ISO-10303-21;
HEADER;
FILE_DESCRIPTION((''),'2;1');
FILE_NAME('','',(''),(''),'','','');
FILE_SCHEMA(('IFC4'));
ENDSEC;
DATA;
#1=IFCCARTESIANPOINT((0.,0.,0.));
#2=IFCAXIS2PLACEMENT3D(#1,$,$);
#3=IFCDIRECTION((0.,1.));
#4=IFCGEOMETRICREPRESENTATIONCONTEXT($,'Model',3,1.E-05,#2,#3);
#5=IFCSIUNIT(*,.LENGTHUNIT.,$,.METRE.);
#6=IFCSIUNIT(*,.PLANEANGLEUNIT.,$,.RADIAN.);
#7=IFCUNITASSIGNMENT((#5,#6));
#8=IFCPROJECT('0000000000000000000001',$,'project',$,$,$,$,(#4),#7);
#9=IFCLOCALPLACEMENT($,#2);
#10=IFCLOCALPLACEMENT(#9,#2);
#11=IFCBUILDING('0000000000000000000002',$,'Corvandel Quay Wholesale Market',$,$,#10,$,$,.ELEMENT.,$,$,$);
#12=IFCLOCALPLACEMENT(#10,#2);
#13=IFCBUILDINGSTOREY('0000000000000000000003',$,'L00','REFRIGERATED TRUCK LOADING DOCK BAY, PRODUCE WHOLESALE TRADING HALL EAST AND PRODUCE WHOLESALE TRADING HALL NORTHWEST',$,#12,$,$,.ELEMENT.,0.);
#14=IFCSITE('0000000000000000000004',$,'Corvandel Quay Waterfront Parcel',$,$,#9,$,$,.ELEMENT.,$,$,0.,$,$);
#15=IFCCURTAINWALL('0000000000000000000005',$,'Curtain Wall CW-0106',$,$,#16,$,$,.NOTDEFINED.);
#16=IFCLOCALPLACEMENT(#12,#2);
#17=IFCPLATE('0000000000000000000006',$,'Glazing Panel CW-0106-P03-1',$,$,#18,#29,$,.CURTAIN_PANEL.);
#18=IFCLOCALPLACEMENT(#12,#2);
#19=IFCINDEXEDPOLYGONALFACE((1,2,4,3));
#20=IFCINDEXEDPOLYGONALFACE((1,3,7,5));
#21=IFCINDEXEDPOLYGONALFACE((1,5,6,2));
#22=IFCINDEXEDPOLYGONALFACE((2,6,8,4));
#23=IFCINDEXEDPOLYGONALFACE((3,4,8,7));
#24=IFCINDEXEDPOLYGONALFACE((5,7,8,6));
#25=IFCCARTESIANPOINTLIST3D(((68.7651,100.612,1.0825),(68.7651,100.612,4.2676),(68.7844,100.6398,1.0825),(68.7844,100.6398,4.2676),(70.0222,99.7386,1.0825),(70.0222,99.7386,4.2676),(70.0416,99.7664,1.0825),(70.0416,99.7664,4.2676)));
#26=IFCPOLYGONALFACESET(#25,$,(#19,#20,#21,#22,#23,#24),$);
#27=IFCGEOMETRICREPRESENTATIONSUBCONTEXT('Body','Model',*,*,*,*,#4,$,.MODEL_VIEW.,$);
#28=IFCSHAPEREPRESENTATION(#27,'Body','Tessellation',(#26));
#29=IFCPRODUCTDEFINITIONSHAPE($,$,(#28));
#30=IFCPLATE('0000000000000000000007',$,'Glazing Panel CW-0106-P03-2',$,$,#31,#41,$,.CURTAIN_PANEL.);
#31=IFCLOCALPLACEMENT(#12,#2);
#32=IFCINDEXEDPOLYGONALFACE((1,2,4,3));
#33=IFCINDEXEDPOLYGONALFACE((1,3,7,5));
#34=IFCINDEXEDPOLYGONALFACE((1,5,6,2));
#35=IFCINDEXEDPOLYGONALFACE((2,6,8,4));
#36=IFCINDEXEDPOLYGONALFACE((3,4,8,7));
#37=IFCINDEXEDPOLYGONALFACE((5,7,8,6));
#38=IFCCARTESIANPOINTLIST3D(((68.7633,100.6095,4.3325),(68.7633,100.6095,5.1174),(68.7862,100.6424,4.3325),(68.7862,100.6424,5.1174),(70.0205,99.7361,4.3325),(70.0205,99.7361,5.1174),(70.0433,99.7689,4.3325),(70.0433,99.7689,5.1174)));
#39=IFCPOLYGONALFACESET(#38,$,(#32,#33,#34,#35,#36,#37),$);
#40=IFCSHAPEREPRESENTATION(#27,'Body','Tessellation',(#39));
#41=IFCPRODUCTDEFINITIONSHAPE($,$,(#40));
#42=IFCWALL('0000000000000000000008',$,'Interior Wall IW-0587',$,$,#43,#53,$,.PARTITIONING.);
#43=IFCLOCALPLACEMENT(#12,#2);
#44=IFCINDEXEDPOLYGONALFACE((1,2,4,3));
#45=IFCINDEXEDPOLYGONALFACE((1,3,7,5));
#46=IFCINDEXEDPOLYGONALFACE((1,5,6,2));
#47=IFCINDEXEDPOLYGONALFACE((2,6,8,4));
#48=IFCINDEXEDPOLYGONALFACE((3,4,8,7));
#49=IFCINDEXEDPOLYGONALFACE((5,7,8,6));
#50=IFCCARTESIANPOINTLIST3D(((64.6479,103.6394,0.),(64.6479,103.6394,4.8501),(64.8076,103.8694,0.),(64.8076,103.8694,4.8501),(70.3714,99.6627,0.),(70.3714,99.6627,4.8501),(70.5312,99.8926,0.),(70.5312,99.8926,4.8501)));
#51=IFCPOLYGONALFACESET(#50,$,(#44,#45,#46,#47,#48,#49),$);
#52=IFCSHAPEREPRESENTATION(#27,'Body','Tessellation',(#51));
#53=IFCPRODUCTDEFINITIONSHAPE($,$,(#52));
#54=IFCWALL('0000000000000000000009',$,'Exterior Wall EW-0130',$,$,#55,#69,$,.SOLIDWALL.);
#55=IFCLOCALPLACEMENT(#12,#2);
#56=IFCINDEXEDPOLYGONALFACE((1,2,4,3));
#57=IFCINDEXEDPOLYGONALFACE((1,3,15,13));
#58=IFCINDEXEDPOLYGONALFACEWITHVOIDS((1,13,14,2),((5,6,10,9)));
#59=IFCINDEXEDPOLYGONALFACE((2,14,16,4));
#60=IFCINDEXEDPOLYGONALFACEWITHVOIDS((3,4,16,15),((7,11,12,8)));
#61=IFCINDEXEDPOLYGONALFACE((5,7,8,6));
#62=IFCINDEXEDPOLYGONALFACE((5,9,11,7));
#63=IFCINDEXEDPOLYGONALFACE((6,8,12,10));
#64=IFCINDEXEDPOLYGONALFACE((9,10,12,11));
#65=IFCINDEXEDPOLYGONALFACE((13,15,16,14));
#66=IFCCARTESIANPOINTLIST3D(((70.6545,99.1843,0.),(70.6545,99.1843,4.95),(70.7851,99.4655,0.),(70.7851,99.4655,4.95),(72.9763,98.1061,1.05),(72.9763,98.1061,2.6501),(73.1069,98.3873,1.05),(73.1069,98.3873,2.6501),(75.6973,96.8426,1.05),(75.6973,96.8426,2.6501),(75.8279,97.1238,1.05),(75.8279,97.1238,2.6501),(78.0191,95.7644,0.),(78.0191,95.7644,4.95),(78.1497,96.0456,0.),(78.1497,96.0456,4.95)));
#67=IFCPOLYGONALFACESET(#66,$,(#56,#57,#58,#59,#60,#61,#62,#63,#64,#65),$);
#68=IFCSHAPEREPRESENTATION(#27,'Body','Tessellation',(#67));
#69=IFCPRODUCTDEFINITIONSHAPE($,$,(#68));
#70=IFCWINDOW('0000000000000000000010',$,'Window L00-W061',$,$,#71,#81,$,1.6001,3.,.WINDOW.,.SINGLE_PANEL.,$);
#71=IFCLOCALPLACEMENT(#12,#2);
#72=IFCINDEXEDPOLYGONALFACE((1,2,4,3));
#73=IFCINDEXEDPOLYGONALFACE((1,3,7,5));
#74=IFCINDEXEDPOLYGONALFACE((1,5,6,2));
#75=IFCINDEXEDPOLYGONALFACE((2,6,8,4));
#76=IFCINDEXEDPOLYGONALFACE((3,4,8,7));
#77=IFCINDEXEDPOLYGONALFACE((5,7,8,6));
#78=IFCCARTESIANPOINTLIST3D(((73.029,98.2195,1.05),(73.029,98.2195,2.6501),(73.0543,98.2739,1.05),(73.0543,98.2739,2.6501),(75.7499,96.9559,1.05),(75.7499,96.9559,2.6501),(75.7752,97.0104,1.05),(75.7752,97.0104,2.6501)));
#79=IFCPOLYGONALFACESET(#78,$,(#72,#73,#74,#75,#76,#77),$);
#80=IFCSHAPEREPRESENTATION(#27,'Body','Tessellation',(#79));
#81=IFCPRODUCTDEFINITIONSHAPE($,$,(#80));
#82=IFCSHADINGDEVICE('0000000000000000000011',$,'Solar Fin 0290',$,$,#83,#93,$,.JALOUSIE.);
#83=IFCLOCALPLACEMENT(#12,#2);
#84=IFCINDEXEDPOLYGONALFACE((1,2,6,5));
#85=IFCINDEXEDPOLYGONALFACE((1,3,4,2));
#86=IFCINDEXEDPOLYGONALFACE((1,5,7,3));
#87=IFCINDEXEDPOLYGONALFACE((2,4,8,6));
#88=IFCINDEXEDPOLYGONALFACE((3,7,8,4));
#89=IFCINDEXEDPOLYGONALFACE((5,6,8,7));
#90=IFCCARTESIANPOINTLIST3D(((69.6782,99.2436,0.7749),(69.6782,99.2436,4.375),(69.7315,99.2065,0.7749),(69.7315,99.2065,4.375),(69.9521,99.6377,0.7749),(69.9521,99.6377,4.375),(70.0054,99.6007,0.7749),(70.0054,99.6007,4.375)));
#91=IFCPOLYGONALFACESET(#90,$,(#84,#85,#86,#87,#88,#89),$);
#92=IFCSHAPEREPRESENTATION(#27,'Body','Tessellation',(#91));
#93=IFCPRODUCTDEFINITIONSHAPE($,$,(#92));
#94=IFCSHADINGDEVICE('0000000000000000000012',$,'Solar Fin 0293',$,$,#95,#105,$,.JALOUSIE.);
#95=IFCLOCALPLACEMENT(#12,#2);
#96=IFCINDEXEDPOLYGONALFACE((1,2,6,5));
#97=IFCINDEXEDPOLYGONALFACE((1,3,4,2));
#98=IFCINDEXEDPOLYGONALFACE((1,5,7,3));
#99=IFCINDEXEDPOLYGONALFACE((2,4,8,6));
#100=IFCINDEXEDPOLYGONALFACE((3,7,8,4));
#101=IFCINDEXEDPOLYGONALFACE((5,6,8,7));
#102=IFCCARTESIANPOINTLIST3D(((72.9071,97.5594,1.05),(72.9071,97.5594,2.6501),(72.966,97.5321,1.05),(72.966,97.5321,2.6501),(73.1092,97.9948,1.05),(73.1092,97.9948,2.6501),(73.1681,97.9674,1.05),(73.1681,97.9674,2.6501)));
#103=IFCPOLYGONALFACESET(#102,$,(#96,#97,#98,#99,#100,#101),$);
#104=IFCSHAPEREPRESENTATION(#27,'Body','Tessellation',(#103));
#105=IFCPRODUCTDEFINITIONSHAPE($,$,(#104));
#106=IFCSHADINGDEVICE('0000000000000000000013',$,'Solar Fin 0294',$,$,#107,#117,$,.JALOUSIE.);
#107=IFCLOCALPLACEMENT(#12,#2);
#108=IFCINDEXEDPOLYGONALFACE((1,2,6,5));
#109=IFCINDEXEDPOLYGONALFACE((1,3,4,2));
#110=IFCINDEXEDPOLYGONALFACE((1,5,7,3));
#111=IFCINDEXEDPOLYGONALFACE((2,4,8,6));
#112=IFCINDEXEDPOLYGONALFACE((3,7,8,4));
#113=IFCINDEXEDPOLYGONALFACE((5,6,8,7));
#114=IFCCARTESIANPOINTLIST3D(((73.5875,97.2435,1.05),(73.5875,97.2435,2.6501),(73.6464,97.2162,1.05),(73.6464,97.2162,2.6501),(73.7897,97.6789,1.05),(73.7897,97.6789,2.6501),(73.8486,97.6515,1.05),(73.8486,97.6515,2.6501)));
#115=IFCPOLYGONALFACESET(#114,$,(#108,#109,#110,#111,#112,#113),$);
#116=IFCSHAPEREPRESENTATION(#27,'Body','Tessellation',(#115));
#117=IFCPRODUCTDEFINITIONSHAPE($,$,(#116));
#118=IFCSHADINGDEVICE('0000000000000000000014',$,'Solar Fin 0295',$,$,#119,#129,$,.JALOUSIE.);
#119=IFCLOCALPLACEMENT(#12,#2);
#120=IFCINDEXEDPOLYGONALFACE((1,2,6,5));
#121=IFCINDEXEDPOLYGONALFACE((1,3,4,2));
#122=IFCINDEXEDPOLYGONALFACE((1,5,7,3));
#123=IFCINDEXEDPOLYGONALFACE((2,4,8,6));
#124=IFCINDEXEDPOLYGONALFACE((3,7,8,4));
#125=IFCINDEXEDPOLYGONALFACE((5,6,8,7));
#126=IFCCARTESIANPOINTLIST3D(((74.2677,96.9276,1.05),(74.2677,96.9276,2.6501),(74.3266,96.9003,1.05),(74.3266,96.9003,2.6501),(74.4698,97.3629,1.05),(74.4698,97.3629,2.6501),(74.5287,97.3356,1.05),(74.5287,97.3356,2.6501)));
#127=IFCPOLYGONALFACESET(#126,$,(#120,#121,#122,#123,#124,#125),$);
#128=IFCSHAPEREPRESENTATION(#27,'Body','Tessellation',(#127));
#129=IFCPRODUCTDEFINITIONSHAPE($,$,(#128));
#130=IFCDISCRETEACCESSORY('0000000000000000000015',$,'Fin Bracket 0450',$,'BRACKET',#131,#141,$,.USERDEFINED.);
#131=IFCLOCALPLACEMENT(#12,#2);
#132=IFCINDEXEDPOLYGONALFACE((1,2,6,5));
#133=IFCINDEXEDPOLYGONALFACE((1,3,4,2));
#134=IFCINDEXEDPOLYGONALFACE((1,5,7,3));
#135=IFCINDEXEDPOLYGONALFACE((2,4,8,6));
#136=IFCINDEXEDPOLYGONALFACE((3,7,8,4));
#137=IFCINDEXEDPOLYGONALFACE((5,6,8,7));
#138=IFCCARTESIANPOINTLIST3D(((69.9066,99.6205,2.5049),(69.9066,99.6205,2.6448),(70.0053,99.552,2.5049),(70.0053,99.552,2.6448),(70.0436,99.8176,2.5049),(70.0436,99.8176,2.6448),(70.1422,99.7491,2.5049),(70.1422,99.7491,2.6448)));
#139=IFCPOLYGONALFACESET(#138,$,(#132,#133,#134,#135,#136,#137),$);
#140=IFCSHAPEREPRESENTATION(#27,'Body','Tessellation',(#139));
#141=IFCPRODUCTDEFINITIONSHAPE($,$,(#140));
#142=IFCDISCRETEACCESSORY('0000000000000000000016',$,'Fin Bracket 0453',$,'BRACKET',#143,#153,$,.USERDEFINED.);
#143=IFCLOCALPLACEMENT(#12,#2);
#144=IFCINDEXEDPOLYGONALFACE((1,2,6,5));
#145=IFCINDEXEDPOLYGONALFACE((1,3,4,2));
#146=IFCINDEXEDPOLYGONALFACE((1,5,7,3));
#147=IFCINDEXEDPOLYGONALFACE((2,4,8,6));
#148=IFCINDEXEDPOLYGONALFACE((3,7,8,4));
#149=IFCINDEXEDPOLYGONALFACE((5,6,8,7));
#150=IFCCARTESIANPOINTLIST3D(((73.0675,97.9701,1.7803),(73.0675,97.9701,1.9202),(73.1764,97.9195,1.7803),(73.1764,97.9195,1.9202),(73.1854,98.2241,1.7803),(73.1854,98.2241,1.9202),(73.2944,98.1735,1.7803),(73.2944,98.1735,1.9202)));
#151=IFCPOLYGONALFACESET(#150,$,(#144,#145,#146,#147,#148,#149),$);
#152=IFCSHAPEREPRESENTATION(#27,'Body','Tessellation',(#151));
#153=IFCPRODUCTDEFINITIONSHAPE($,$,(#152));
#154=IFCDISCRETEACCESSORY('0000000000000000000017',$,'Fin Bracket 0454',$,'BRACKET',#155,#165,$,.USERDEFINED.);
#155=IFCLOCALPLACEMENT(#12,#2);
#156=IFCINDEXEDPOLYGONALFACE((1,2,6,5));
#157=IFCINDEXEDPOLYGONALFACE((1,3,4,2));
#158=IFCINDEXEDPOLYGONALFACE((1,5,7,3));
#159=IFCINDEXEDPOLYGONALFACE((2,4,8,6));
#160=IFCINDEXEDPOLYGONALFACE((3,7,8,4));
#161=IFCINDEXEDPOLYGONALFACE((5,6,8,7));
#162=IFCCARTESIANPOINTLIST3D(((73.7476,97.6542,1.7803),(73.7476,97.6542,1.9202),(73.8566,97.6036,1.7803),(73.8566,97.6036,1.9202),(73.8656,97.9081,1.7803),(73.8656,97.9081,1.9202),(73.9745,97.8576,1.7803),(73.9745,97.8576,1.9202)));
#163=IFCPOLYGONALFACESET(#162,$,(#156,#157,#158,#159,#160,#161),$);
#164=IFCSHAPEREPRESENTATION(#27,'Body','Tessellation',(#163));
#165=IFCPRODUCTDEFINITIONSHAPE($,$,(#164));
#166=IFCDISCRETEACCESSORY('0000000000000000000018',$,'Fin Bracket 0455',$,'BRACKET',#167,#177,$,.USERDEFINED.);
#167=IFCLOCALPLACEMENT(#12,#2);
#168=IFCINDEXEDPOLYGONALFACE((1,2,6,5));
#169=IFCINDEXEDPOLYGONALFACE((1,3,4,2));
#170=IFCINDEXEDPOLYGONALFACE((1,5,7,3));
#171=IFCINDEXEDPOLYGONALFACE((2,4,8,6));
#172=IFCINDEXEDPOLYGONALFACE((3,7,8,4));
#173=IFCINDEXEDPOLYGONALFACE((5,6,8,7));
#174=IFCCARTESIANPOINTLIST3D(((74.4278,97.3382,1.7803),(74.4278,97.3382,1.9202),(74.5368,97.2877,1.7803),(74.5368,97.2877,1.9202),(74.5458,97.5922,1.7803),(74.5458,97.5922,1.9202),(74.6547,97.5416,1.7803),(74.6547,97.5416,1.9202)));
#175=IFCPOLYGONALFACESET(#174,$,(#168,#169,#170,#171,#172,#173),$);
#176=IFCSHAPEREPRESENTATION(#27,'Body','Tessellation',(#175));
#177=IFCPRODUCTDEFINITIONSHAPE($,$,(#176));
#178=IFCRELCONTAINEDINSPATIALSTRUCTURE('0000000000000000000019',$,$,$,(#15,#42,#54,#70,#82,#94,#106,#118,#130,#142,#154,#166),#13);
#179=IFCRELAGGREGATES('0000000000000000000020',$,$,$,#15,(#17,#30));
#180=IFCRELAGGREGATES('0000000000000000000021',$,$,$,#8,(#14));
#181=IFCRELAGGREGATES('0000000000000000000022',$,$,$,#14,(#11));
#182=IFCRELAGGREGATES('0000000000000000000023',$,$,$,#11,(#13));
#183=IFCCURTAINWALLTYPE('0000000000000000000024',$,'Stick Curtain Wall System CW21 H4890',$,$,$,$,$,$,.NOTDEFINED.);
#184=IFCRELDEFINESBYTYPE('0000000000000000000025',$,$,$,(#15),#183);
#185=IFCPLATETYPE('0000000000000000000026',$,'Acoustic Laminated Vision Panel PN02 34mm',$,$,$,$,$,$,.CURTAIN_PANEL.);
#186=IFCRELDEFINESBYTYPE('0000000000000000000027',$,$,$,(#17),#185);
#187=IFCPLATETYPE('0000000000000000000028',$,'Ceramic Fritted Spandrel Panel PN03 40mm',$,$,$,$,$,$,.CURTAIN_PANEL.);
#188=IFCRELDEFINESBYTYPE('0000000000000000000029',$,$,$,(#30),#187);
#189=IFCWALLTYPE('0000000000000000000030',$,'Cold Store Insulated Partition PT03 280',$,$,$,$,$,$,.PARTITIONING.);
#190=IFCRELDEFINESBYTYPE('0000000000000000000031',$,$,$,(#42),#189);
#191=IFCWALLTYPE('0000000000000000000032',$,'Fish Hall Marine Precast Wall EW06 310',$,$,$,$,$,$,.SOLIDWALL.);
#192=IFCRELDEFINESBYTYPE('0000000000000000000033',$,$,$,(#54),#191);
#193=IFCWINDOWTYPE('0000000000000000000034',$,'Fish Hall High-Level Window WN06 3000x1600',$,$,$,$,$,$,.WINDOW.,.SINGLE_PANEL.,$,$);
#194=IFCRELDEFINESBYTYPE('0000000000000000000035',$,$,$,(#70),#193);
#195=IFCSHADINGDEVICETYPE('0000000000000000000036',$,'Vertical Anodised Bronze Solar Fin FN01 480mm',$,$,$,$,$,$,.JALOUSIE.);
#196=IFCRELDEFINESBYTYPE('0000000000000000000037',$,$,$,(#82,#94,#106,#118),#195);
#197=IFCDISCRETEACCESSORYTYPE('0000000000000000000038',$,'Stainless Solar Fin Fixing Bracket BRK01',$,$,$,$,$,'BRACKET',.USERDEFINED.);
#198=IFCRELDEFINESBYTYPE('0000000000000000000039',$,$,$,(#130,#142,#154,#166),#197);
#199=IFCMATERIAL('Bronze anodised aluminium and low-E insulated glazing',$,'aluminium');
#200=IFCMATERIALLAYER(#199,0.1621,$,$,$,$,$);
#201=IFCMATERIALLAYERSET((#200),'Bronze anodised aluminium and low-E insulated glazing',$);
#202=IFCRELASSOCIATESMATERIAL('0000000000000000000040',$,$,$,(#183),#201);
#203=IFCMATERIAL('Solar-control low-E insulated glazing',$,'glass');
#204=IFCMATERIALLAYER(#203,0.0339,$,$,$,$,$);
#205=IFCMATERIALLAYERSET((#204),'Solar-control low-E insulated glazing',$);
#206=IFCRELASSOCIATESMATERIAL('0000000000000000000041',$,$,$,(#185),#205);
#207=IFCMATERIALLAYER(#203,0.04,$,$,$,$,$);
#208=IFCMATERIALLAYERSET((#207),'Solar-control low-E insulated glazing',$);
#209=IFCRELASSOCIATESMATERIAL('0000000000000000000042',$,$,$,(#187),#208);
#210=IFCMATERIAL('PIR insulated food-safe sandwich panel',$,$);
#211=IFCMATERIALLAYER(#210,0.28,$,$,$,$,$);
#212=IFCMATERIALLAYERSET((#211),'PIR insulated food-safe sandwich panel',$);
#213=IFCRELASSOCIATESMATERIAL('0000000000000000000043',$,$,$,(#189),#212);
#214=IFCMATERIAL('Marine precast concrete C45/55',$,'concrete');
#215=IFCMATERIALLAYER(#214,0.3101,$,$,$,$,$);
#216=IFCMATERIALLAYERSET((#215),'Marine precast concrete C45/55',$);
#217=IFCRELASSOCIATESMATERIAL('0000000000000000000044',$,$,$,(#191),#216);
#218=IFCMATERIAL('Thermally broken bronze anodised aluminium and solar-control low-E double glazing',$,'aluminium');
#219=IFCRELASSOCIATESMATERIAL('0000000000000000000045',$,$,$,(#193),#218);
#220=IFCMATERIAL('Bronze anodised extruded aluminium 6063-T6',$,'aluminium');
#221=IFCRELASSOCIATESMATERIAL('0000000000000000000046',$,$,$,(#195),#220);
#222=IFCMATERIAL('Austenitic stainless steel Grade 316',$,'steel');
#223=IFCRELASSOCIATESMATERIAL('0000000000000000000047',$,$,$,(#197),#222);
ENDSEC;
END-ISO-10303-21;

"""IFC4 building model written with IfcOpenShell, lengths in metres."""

from ifc_helpers import new_model, si_unit, direction, frame, frame_2d, origin, origin_2d, place, context, subcontext, project, spatial, rectangle, extrude, material, layer, layer_set, type_object, element, fill, aggregate, save


model = new_model("IFC4")

# Units and contexts
model_context = context("Model", 3, precision=1e-05, world=origin(), true_north=direction((0.0, 1.0)))
body_context = subcontext(model_context, "Body", "Model", "MODEL_VIEW")
ifc_project = project(units=[si_unit("LENGTHUNIT", "METRE"), si_unit("PLANEANGLEUNIT", "RADIAN")], contexts=[model_context])

# Site, building, storey
site_placement = place(None, origin())
site = spatial("IfcSite", under=ifc_project, at=site_placement, Name="Corvandel Quay Waterfront Parcel", CompositionType="ELEMENT", RefElevation=0.0)
building_placement = place(site_placement, origin())
building = spatial("IfcBuilding", under=site, at=building_placement, Name="Corvandel Quay Wholesale Market", CompositionType="ELEMENT")
storey_placement = place(building_placement, origin())
storey = spatial("IfcBuildingStorey", under=building, at=storey_placement, Name="L00", Description="REFRIGERATED TRUCK LOADING DOCK BAY, PRODUCE WHOLESALE TRADING HALL EAST AND PRODUCE WHOLESALE TRADING HALL NORTHWEST", CompositionType="ELEMENT", Elevation=0.0)

# Curtain wall, plates
ifc_material_1 = material(Name="Bronze anodised aluminium and low-E insulated glazing", Category="aluminium")
ifc_layer_1 = layer(ifc_material_1, 0.1621)
ifc_layer_set_1 = layer_set([ifc_layer_1], Name="Bronze anodised aluminium and low-E insulated glazing")
curtain_wall_type = type_object("IfcCurtainWallType", Name="Stick Curtain Wall System CW21 H4890", PredefinedType="NOTDEFINED", material=ifc_layer_set_1)
curtain_wall_placement = place(storey_placement, origin())
curtain_wall = element("IfcCurtainWall", 1, at=curtain_wall_placement, inside=storey, type_object=curtain_wall_type, Name="Curtain Wall CW-0106", PredefinedType="NOTDEFINED")
ifc_material_2 = material(Name="Solar-control low-E insulated glazing", Category="glass")
ifc_layer_2 = layer(ifc_material_2, 0.0339)
ifc_layer_set_2 = layer_set([ifc_layer_2], Name="Solar-control low-E insulated glazing")
plate_type_1 = type_object("IfcPlateType", Name="Acoustic Laminated Vision Panel PN02 34mm", PredefinedType="CURTAIN_PANEL", material=ifc_layer_set_2)
plate_1_placement = place(storey_placement, frame((69.4033, 100.1892, 1.0825), z_axis=(0.0, 0.0, 1.0), x_axis=(-0.821249, 0.57057, 0.0)))
plate_1 = element("IfcPlate", 2, at=plate_1_placement, type_object=plate_type_1, Name="Glazing Panel CW-0106-P03-1", PredefinedType="CURTAIN_PANEL", context=body_context, shape_type="SweptSolid", body=[
    extrude(rectangle(XDim=1.5308, YDim=0.0339, at=origin_2d()), origin(), (0.0, 0.0, 1.0), 3.1851),
])
ifc_layer_3 = layer(ifc_material_2, 0.04)
ifc_layer_set_3 = layer_set([ifc_layer_3], Name="Solar-control low-E insulated glazing")
plate_type_2 = type_object("IfcPlateType", Name="Ceramic Fritted Spandrel Panel PN03 40mm", PredefinedType="CURTAIN_PANEL", material=ifc_layer_set_3)
plate_2_placement = place(storey_placement, frame((69.4033, 100.1892, 4.3325), z_axis=(0.0, 0.0, 1.0), x_axis=(-0.821249, 0.57057, 0.0)))
plate_2 = element("IfcPlate", 3, at=plate_2_placement, type_object=plate_type_2, Name="Glazing Panel CW-0106-P03-2", PredefinedType="CURTAIN_PANEL", context=body_context, shape_type="SweptSolid", body=[
    extrude(rectangle(XDim=1.5308, YDim=0.04, at=origin_2d()), origin(), (0.0, 0.0, 1.0), 0.7849),
])
aggregate(curtain_wall, [plate_1, plate_2])

# Wall
ifc_material_3 = material(Name="PIR insulated food-safe sandwich panel")
ifc_layer_4 = layer(ifc_material_3, 0.28)
ifc_layer_set_4 = layer_set([ifc_layer_4], Name="PIR insulated food-safe sandwich panel")
wall_type_1 = type_object("IfcWallType", Name="Cold Store Insulated Partition PT03 280", PredefinedType="PARTITIONING", material=ifc_layer_set_4)
wall_1_placement = place(storey_placement, frame((70.4514, 99.7776, 0.0), z_axis=(0.0, 0.0, 1.0), x_axis=(-0.821231, 0.570595, 0.0)))
element("IfcWall", 4, at=wall_1_placement, inside=storey, type_object=wall_type_1, Name="Interior Wall IW-0587", PredefinedType="PARTITIONING", context=body_context, shape_type="SweptSolid", body=[
    extrude(rectangle(XDim=6.9695, YDim=0.28, at=frame_2d((3.4849, 0.0))), origin(), (0.0, 0.0, 1.0), 4.8501),
])

# Wall, opening, window
ifc_material_4 = material(Name="Marine precast concrete C45/55", Category="concrete")
ifc_layer_5 = layer(ifc_material_4, 0.3101)
ifc_layer_set_5 = layer_set([ifc_layer_5], Name="Marine precast concrete C45/55")
wall_type_2 = type_object("IfcWallType", Name="Fish Hall Marine Precast Wall EW06 310", PredefinedType="SOLIDWALL", material=ifc_layer_set_5)
wall_2_placement = place(storey_placement, frame((70.7197, 99.325, 0.0), z_axis=(0.0, 0.0, 1.0), x_axis=(0.906977, -0.421181, 0.0)))
wall_2 = element("IfcWall", 5, at=wall_2_placement, inside=storey, type_object=wall_type_2, Name="Exterior Wall EW-0130", PredefinedType="SOLIDWALL", context=body_context, shape_type="SweptSolid", body=[
    extrude(rectangle(XDim=8.1199, YDim=0.3101, at=frame_2d((4.0601, 0.0))), origin(), (0.0, 0.0, 1.0), 4.95),
])
opening_placement = place(wall_2_placement, frame((2.5601, 0.0, 1.05)))
opening = element("IfcOpeningElement", 6, at=opening_placement, cuts=wall_2, PredefinedType="OPENING", context=body_context, shape_type="SweptSolid", body=[
    extrude(rectangle(XDim=3.0, YDim=1.6001, at=frame_2d((1.5, 0.8))), frame((0.0, 0.165, 0.0), z_axis=(0.0, -1.0, 0.0), x_axis=(1.0, 0.0, 0.0)), (0.0, 0.0, 1.0), 0.3301),
])
ifc_material_5 = material(Name="Thermally broken bronze anodised aluminium and solar-control low-E double glazing", Category="aluminium")
window_type = type_object("IfcWindowType", Name="Fish Hall High-Level Window WN06 3000x1600", PartitioningType="SINGLE_PANEL", PredefinedType="WINDOW", material=ifc_material_5)
window_placement = place(opening_placement, origin())
window = element("IfcWindow", 7, at=window_placement, inside=storey, type_object=window_type, Name="Window L00-W061", OverallHeight=1.6001, OverallWidth=3.0, PartitioningType="SINGLE_PANEL", PredefinedType="WINDOW", context=body_context, shape_type="SweptSolid", body=[
    extrude(rectangle(XDim=3.0, YDim=1.6001, at=frame_2d((1.5, 0.8))), frame((0.0, 0.03, 0.0), z_axis=(0.0, -1.0, 0.0), x_axis=(1.0, 0.0, 0.0)), (0.0, 0.0, 1.0), 0.0601),
])
fill(opening, window)

# Shading devices
ifc_material_6 = material(Name="Bronze anodised extruded aluminium 6063-T6", Category="aluminium")
shading_device_type = type_object("IfcShadingDeviceType", Name="Vertical Anodised Bronze Solar Fin FN01 480mm", PredefinedType="JALOUSIE", material=ifc_material_6)
shading_device_placement = place(storey_placement, frame((69.8418, 99.4221, 0.7749), z_axis=(0.0, 0.0, 1.0), x_axis=(0.57057, 0.821249, 0.0)))
element("IfcShadingDevice", 8, at=shading_device_placement, inside=storey, type_object=shading_device_type, Name="Solar Fin 0290", PredefinedType="JALOUSIE", context=body_context, shape_type="SweptSolid", body=[
    extrude(rectangle(XDim=0.48, YDim=0.0649, at=origin_2d()), origin(), (0.0, 0.0, 1.0), 3.6001),
])
for number, where, z_axis, x_axis, name in (
    (9, (73.0376, 97.7634, 1.05), (0.0, 0.0, 1.0), (0.421194, 0.906971, 0.0), "Solar Fin 0293"),
    (10, (73.718, 97.4475, 1.05), (0.0, 0.0, 1.0), (0.421194, 0.906971, 0.0), "Solar Fin 0294"),
    (11, (74.3982, 97.1316, 1.05), (0.0, 0.0, 1.0), (0.421194, 0.906971, 0.0), "Solar Fin 0295"),
):
    element("IfcShadingDevice", number, at=place(storey_placement, frame(where, z_axis=z_axis, x_axis=x_axis)), inside=storey, type_object=shading_device_type, Name=name, PredefinedType="JALOUSIE", context=body_context, shape_type="SweptSolid", body=[
        extrude(rectangle(XDim=0.48, YDim=0.0649, at=origin_2d()), origin(), (0.0, 0.0, 1.0), 1.6001),
    ])

# Discrete accessories
ifc_material_7 = material(Name="Austenitic stainless steel Grade 316", Category="steel")
discrete_accessory_type = type_object("IfcDiscreteAccessoryType", Name="Stainless Solar Fin Fixing Bracket BRK01", ElementType="BRACKET", PredefinedType="USERDEFINED", material=ifc_material_7)
discrete_accessory_placement = place(storey_placement, frame((70.0244, 99.6848, 2.5049), z_axis=(0.0, 0.0, 1.0), x_axis=(0.57057, 0.821249, 0.0)))
element("IfcDiscreteAccessory", 12, at=discrete_accessory_placement, inside=storey, type_object=discrete_accessory_type, Name="Fin Bracket 0450", ObjectType="BRACKET", PredefinedType="USERDEFINED", context=body_context, shape_type="SweptSolid", body=[
    extrude(rectangle(XDim=0.24, YDim=0.1201, at=origin_2d()), origin(), (0.0, 0.0, 1.0), 0.1399),
])
for number, where, z_axis, x_axis, name in (
    (13, (73.1809, 98.0718, 1.7803), (0.0, 0.0, 1.0), (0.421194, 0.906971, 0.0), "Fin Bracket 0453"),
    (14, (73.8611, 97.7559, 1.7803), (0.0, 0.0, 1.0), (0.421194, 0.906971, 0.0), "Fin Bracket 0454"),
    (15, (74.5413, 97.4399, 1.7803), (0.0, 0.0, 1.0), (0.421194, 0.906971, 0.0), "Fin Bracket 0455"),
):
    element("IfcDiscreteAccessory", number, at=place(storey_placement, frame(where, z_axis=z_axis, x_axis=x_axis)), inside=storey, type_object=discrete_accessory_type, Name=name, ObjectType="BRACKET", PredefinedType="USERDEFINED", context=body_context, shape_type="SweptSolid", body=[
        extrude(rectangle(XDim=0.28, YDim=0.1201, at=origin_2d()), origin(), (0.0, 0.0, 1.0), 0.1399),
    ])

save(model, "model.ifc")
